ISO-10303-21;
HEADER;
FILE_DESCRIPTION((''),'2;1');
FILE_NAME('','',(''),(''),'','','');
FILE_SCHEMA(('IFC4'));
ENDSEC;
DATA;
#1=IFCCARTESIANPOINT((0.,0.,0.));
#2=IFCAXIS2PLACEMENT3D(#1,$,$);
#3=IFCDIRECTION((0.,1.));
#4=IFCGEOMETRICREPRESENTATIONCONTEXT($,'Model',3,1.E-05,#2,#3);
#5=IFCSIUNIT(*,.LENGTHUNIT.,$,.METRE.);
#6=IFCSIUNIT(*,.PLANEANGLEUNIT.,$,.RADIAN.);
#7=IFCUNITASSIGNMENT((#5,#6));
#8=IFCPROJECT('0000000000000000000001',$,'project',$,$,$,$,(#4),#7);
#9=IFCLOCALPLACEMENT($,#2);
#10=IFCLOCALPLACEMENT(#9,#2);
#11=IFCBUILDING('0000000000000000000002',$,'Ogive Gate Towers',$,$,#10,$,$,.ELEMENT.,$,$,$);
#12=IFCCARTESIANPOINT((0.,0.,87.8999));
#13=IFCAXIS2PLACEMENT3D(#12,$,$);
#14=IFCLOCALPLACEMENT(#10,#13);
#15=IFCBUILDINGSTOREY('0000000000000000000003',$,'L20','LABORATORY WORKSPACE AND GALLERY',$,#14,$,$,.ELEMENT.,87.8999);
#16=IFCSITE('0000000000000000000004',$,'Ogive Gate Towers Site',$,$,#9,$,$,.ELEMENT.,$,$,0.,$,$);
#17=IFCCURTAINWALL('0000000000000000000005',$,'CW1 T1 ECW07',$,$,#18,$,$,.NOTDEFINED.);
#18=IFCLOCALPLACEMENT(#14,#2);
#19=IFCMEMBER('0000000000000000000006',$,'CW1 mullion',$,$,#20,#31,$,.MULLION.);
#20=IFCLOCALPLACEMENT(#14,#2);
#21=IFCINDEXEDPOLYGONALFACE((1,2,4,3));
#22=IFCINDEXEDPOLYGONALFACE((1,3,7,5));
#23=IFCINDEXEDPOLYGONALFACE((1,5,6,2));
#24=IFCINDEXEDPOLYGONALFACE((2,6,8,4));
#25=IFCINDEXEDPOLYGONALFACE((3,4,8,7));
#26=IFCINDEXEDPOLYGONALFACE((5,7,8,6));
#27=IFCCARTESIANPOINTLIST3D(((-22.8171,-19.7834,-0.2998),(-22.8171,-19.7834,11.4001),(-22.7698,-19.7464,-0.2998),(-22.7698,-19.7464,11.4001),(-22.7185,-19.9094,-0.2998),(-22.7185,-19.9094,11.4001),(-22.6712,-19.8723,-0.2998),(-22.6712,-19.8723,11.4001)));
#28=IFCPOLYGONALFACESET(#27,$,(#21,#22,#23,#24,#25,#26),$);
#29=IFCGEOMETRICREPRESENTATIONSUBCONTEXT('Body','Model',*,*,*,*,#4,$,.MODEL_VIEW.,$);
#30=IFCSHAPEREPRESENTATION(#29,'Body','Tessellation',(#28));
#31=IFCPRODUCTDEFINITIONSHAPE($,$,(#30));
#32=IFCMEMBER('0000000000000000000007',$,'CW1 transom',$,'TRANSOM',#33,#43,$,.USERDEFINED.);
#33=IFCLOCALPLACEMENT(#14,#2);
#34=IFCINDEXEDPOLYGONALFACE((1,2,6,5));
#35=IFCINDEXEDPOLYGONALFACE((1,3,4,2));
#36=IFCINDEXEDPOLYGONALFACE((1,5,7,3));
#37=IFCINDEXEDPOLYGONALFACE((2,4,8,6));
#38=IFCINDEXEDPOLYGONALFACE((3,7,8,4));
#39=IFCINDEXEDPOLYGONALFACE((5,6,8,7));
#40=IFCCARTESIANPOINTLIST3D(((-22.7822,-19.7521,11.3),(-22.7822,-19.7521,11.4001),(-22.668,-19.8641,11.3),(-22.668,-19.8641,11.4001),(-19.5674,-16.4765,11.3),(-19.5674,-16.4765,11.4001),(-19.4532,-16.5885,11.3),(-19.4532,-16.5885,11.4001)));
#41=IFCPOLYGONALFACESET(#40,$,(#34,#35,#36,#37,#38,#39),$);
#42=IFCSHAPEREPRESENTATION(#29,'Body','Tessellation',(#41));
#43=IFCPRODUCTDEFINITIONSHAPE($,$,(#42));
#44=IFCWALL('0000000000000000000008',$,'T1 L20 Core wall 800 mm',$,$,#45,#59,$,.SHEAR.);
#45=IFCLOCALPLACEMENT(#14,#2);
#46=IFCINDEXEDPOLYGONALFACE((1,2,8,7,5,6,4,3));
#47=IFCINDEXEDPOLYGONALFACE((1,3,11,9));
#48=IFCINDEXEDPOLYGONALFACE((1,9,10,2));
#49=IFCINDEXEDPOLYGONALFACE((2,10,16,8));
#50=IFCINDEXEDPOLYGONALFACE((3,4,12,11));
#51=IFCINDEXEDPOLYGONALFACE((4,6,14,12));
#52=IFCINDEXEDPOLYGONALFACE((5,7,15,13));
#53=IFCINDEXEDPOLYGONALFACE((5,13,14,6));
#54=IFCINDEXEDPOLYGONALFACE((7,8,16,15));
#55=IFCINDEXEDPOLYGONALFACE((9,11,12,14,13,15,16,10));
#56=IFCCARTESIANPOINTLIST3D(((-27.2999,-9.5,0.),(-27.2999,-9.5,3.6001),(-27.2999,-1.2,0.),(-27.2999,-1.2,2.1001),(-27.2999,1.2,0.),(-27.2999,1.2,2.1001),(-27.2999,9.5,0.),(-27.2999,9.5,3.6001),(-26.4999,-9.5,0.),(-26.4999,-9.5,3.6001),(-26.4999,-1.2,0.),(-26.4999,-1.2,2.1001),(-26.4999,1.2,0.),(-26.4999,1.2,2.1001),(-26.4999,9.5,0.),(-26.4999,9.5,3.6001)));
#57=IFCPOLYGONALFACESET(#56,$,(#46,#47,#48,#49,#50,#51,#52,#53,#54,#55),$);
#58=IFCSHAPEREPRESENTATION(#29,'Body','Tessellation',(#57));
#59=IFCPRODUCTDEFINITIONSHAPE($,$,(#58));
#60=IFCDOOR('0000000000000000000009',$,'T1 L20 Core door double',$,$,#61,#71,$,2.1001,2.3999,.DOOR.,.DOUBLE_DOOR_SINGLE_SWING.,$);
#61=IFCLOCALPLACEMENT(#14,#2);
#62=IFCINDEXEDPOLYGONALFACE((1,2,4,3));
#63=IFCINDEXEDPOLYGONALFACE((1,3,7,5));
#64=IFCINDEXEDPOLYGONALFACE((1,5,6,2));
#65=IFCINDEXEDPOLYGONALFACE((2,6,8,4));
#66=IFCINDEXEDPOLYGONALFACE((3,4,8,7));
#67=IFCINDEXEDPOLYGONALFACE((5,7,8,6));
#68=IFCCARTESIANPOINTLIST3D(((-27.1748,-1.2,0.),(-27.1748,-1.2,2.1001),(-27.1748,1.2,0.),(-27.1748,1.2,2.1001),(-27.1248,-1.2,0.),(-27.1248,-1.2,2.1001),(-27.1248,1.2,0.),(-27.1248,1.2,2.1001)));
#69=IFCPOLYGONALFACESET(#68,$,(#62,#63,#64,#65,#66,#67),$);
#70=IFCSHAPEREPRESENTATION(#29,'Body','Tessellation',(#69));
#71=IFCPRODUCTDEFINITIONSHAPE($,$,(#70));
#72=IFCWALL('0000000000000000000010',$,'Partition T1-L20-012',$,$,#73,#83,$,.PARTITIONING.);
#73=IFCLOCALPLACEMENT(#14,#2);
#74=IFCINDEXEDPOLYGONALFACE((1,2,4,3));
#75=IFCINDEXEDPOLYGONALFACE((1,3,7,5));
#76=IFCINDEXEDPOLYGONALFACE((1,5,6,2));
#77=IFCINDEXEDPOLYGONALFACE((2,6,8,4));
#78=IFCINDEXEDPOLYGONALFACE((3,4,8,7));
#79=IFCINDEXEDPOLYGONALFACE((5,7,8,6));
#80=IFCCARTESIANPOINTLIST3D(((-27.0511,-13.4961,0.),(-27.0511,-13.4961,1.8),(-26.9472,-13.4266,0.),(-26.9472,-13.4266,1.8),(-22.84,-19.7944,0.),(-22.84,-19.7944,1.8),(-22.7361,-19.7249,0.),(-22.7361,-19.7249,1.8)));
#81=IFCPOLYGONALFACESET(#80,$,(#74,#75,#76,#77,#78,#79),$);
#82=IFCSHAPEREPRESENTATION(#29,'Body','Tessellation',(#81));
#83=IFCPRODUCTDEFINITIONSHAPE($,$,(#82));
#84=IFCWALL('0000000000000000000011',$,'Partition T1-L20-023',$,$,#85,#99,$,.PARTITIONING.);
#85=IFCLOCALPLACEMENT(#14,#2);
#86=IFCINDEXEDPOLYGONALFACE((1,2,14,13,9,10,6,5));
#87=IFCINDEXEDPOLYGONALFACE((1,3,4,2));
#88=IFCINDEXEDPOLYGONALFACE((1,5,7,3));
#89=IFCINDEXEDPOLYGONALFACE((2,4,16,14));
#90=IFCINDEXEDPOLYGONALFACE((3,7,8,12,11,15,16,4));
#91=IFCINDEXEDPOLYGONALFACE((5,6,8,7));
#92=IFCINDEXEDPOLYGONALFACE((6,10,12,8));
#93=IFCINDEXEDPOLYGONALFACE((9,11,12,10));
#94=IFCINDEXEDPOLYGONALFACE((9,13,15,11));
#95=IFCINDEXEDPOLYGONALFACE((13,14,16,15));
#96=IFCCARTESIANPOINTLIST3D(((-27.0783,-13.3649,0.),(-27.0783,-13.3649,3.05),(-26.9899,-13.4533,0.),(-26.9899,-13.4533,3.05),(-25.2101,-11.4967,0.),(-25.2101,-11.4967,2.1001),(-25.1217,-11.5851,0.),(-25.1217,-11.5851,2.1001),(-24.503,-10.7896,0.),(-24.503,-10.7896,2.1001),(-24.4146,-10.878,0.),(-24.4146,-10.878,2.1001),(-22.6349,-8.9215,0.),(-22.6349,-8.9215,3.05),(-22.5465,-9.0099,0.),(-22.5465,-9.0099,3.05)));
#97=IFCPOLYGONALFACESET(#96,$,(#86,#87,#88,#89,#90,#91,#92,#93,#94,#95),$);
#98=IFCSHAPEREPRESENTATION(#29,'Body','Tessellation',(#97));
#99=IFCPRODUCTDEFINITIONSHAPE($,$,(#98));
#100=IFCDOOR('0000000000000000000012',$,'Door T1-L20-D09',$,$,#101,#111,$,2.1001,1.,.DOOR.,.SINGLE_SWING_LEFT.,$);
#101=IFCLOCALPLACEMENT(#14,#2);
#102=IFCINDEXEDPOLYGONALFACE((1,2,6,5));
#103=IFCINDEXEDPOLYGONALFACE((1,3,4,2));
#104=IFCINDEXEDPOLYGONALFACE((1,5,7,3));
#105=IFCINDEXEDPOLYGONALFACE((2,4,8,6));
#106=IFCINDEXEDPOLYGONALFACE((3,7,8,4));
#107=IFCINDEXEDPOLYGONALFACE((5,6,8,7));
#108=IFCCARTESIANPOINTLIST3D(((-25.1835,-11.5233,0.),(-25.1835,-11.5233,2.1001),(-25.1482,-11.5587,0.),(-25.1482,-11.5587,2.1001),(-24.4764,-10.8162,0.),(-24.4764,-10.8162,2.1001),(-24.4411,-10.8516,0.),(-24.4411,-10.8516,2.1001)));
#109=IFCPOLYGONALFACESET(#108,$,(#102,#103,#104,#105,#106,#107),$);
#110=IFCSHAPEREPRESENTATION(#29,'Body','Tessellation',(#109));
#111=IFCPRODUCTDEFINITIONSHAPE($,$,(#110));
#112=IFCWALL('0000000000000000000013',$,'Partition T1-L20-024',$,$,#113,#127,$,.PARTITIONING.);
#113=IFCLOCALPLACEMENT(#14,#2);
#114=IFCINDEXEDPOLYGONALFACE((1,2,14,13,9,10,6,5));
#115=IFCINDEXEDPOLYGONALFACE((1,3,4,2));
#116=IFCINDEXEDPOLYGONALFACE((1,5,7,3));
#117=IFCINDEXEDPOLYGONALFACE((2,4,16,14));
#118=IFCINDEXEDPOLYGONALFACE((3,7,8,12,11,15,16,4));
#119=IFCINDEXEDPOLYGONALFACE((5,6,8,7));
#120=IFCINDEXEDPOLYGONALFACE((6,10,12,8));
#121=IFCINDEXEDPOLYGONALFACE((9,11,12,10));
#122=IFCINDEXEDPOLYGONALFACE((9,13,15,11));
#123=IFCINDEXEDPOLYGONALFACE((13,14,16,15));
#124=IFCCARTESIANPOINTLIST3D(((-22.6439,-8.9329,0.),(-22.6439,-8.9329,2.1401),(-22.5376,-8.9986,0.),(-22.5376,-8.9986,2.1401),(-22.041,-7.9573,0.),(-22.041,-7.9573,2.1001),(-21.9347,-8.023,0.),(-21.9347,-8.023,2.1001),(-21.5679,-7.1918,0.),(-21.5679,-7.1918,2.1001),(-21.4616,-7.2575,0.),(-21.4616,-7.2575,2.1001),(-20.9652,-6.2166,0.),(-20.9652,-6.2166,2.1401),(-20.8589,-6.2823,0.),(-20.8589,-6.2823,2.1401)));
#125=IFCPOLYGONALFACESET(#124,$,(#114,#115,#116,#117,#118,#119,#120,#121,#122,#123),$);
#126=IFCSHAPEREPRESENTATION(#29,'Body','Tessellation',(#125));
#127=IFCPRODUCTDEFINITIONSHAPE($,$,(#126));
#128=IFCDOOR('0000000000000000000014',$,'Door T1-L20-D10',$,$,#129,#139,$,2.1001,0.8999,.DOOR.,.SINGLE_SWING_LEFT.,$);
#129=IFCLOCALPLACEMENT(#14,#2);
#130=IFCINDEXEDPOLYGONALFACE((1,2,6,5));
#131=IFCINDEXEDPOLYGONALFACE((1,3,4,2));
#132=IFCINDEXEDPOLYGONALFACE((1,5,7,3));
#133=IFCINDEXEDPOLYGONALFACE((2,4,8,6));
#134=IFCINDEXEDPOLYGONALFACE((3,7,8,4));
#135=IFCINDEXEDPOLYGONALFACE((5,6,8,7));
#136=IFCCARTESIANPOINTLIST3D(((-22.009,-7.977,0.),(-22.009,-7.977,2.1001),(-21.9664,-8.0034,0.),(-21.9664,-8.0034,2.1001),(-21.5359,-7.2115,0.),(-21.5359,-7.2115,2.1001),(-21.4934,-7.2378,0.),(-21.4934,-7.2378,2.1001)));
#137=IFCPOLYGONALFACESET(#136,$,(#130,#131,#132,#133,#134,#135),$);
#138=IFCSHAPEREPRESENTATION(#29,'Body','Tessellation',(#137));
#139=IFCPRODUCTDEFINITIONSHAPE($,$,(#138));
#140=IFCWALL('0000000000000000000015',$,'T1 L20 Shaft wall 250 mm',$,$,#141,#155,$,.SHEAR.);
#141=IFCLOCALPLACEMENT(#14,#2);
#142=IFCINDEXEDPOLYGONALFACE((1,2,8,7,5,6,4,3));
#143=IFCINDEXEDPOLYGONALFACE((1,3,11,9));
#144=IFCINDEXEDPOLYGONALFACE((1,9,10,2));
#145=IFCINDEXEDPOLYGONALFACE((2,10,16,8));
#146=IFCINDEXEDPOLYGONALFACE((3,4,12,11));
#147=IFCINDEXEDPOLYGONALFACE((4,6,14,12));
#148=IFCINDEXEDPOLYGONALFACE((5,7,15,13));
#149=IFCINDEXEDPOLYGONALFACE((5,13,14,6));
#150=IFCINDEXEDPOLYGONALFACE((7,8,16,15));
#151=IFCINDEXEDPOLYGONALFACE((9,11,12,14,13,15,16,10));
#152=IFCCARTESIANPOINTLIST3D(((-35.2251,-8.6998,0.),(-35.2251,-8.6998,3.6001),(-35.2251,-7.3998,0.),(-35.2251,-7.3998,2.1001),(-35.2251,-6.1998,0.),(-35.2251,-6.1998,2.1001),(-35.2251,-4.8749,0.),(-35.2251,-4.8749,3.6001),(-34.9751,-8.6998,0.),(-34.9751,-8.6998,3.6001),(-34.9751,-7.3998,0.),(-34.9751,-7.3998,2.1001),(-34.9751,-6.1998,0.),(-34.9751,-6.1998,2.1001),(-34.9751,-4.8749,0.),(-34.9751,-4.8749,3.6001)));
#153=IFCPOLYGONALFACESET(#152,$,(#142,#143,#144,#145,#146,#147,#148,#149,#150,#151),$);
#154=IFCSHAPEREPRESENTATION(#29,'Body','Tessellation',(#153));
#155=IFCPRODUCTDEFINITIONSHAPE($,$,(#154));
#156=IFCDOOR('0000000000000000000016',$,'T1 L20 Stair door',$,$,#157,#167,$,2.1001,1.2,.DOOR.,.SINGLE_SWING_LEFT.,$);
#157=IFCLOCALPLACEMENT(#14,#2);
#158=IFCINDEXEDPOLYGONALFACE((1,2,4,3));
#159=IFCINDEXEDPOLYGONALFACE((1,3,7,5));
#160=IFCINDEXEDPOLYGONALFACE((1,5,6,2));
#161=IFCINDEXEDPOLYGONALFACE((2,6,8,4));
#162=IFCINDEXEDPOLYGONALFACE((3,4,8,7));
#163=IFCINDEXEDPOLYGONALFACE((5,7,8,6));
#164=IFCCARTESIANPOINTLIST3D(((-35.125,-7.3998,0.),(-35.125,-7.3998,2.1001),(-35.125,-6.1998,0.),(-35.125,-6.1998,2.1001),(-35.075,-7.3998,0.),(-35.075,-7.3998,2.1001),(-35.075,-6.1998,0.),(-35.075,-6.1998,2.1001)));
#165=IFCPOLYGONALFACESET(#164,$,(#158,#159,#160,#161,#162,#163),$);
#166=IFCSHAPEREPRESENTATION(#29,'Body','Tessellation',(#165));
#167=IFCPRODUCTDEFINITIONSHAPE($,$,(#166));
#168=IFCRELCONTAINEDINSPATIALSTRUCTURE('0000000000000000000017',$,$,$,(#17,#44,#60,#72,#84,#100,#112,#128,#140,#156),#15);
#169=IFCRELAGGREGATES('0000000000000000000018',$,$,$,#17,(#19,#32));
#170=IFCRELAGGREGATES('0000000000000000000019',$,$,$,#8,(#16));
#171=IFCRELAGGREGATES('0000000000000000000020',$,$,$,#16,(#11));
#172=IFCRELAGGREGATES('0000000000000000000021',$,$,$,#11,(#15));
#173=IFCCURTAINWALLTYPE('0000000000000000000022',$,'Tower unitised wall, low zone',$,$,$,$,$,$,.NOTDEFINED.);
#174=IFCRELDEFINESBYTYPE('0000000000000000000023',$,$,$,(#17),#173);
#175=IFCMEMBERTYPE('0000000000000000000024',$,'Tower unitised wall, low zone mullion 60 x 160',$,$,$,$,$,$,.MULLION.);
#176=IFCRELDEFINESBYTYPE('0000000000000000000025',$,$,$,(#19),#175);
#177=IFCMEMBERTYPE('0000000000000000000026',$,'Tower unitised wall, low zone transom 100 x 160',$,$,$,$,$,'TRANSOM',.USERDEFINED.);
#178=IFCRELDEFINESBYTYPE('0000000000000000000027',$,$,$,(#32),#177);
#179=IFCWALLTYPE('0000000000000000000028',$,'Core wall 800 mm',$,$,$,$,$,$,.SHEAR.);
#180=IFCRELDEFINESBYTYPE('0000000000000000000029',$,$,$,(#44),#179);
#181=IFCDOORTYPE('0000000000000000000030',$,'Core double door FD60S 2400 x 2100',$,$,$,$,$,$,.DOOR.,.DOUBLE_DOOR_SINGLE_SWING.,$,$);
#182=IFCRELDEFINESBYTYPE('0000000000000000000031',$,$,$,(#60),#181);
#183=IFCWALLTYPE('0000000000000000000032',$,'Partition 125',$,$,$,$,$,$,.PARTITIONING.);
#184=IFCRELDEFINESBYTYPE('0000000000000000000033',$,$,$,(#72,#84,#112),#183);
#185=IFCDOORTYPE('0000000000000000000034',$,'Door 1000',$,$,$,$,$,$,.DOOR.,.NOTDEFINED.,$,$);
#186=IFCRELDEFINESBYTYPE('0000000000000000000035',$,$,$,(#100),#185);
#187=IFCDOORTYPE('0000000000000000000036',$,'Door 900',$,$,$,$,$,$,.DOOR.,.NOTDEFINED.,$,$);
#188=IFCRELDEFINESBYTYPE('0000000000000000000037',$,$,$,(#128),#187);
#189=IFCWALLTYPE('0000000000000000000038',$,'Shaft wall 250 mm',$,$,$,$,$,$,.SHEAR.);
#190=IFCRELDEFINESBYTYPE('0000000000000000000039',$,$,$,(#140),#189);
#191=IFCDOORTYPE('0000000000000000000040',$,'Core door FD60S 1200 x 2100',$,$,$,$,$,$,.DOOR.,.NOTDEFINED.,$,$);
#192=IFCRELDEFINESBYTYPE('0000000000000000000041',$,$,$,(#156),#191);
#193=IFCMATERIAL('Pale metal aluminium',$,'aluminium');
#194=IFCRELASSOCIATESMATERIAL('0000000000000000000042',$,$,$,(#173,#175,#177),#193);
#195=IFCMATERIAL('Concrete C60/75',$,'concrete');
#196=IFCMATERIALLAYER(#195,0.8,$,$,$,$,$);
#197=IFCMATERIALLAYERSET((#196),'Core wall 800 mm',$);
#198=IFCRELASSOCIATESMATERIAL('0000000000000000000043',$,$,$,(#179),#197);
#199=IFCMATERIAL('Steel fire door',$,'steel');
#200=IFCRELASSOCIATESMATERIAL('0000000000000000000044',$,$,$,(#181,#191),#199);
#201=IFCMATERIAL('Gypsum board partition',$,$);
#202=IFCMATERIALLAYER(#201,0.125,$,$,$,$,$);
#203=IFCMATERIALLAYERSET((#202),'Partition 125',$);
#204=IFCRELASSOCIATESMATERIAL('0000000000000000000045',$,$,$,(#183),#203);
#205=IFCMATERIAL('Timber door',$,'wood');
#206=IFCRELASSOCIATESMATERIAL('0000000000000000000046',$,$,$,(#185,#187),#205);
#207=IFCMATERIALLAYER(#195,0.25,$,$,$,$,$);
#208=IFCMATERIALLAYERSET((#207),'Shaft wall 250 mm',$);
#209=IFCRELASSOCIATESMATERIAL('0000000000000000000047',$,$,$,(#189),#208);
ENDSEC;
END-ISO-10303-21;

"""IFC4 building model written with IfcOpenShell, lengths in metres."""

from ifc_helpers import new_model, si_unit, direction, frame, frame_2d, origin, origin_2d, place, context, subcontext, project, spatial, rectangle, extrude, material, layer, layer_set, material_profile, profile_set, type_object, element, fill, aggregate, save


model = new_model("IFC4")

# Units and contexts
model_context = context("Model", 3, precision=1e-05, world=origin(), true_north=direction((0.0, 1.0)))
body_context = subcontext(model_context, "Body", "Model", "MODEL_VIEW")
ifc_project = project(units=[si_unit("LENGTHUNIT", "METRE"), si_unit("PLANEANGLEUNIT", "RADIAN")], contexts=[model_context])

# Site, building, storey
site_placement = place(None, origin())
site = spatial("IfcSite", under=ifc_project, at=site_placement, Name="Ogive Gate Towers Site", CompositionType="ELEMENT", RefElevation=0.0)
building_placement = place(site_placement, origin())
building = spatial("IfcBuilding", under=site, at=building_placement, Name="Ogive Gate Towers", CompositionType="ELEMENT")
storey_placement = place(building_placement, frame((0.0, 0.0, 87.8999)))
storey = spatial("IfcBuildingStorey", under=building, at=storey_placement, Name="L20", Description="LABORATORY WORKSPACE AND GALLERY", CompositionType="ELEMENT", Elevation=87.8999)

# Curtain wall, members
ifc_material_1 = material(Name="Pale metal aluminium", Category="aluminium")
curtain_wall_type = type_object("IfcCurtainWallType", Name="Tower unitised wall, low zone", PredefinedType="NOTDEFINED", material=ifc_material_1)
curtain_wall_placement = place(storey_placement, origin())
curtain_wall = element("IfcCurtainWall", 1, at=curtain_wall_placement, inside=storey, type_object=curtain_wall_type, Name="CW1 T1 ECW07", PredefinedType="NOTDEFINED")
ifc_material_profile_1 = material_profile(ifc_material_1, rectangle(XDim=0.1599, YDim=0.0601, at=origin_2d()), Name="60 x 160 aluminium box")
ifc_profile_set_1 = profile_set([ifc_material_profile_1], Name="Pale metal aluminium")
member_type_1 = type_object("IfcMemberType", Name="Tower unitised wall, low zone mullion 60 x 160", PredefinedType="MULLION", material=ifc_profile_set_1)
member_1_placement = place(storey_placement, frame((-22.7441, -19.8279, -0.2998), z_axis=(0.0, 0.0, 1.0), x_axis=(0.616321, -0.787495, 0.0)))
member_1 = element("IfcMember", 2, at=member_1_placement, type_object=member_type_1, Name="CW1 mullion", PredefinedType="MULLION", context=body_context, shape_type="SweptSolid", body=[
    extrude(rectangle(XDim=0.1599, YDim=0.0601, at=origin_2d()), origin(), (0.0, 0.0, 1.0), 11.7),
])
ifc_material_profile_2 = material_profile(ifc_material_1, rectangle(XDim=0.1599, YDim=0.1001, at=origin_2d()), Name="100 x 160 aluminium box")
ifc_profile_set_2 = profile_set([ifc_material_profile_2], Name="Pale metal aluminium")
member_type_2 = type_object("IfcMemberType", Name="Tower unitised wall, low zone transom 100 x 160", ElementType="TRANSOM", PredefinedType="USERDEFINED", material=ifc_profile_set_2)
member_2_placement = place(storey_placement, frame((-22.7251, -19.8081, 11.3501), z_axis=(0.700453, 0.713698, 0.0), x_axis=(-0.713698, 0.700453, 0.0)))
member_2 = element("IfcMember", 3, at=member_2_placement, type_object=member_type_2, Name="CW1 transom", ObjectType="TRANSOM", PredefinedType="USERDEFINED", context=body_context, shape_type="SweptSolid", body=[
    extrude(rectangle(XDim=0.1599, YDim=0.1001, at=origin_2d()), origin(), (0.0, 0.0, 1.0), 4.5896),
])
aggregate(curtain_wall, [member_1, member_2])

# Wall, opening, door
ifc_material_2 = material(Name="Concrete C60/75", Category="concrete")
ifc_layer_1 = layer(ifc_material_2, 0.8)
ifc_layer_set_1 = layer_set([ifc_layer_1], Name="Core wall 800 mm")
wall_type_1 = type_object("IfcWallType", Name="Core wall 800 mm", PredefinedType="SHEAR", material=ifc_layer_set_1)
wall_1_placement = place(storey_placement, frame((-26.8999, -9.5, 0.0), z_axis=(0.0, 0.0, 1.0), x_axis=(0.0, 1.0, 0.0)))
wall_1 = element("IfcWall", 4, at=wall_1_placement, inside=storey, type_object=wall_type_1, Name="T1 L20 Core wall 800 mm", PredefinedType="SHEAR", context=body_context, shape_type="SweptSolid", body=[
    extrude(rectangle(XDim=19.0, YDim=0.8, at=frame_2d((9.5, 0.0))), origin(), (0.0, 0.0, 1.0), 3.6001),
])
opening_1_placement = place(wall_1_placement, frame((8.3, 0.0, 0.0)))
opening_1 = element("IfcOpeningElement", 5, at=opening_1_placement, cuts=wall_1, PredefinedType="OPENING", context=body_context, shape_type="SweptSolid", body=[
    extrude(rectangle(XDim=2.3999, YDim=2.1001, at=frame_2d((1.2, 1.05))), frame((0.0, 0.4102, 0.0), z_axis=(0.0, -1.0, 0.0), x_axis=(1.0, 0.0, 0.0)), (0.0, 0.0, 1.0), 0.8201),
])
ifc_material_3 = material(Name="Steel fire door", Category="steel")
door_type_1 = type_object("IfcDoorType", Name="Core double door FD60S 2400 x 2100", OperationType="DOUBLE_DOOR_SINGLE_SWING", PredefinedType="DOOR", material=ifc_material_3)
door_1_placement = place(opening_1_placement, origin())
door_1 = element("IfcDoor", 6, at=door_1_placement, inside=storey, type_object=door_type_1, Name="T1 L20 Core door double", OperationType="DOUBLE_DOOR_SINGLE_SWING", OverallHeight=2.1001, OverallWidth=2.3999, PredefinedType="DOOR", context=body_context, shape_type="SweptSolid", body=[
    extrude(rectangle(XDim=2.3999, YDim=2.1001, at=frame_2d((1.2, 1.05))), frame((0.0, 0.2749, 0.0), z_axis=(0.0, -1.0, 0.0), x_axis=(1.0, 0.0, 0.0)), (0.0, 0.0, 1.0), 0.05),
])
fill(opening_1, door_1)

# Wall
ifc_material_4 = material(Name="Gypsum board partition")
ifc_layer_2 = layer(ifc_material_4, 0.125)
ifc_layer_set_2 = layer_set([ifc_layer_2], Name="Partition 125")
wall_type_2 = type_object("IfcWallType", Name="Partition 125", PredefinedType="PARTITIONING", material=ifc_layer_set_2)
wall_2_placement = place(storey_placement, frame((-22.7881, -19.7595, 0.0), z_axis=(0.0, 0.0, 1.0), x_axis=(-0.555823, 0.831301, 0.0)))
element("IfcWall", 7, at=wall_2_placement, inside=storey, type_object=wall_type_2, Name="Partition T1-L20-012", PredefinedType="PARTITIONING", context=body_context, shape_type="SweptSolid", body=[
    extrude(rectangle(XDim=7.5764, YDim=0.125, at=frame_2d((3.7881, 0.0))), origin(), (0.0, 0.0, 1.0), 1.8),
])

# Walls, openings, doors
wall_3_placement = place(storey_placement, frame((-27.0342, -13.4092, 0.0), z_axis=(0.0, 0.0, 1.0), x_axis=(0.707107, 0.707107, 0.0)))
wall_3 = element("IfcWall", 8, at=wall_3_placement, inside=storey, type_object=wall_type_2, Name="Partition T1-L20-023", PredefinedType="PARTITIONING", context=body_context, shape_type="SweptSolid", body=[
    extrude(rectangle(XDim=6.2839, YDim=0.125, at=frame_2d((3.1421, 0.0))), origin(), (0.0, 0.0, 1.0), 3.05),
])
opening_2_placement = place(wall_3_placement, frame((2.6421, 0.0, 0.0)))
opening_2 = element("IfcOpeningElement", 9, at=opening_2_placement, cuts=wall_3, PredefinedType="OPENING", context=body_context, shape_type="SweptSolid", body=[
    extrude(rectangle(XDim=1.0, YDim=2.1001, at=frame_2d((0.5, 1.05))), frame((0.0, 0.0725, 0.0), z_axis=(0.0, -1.0, 0.0), x_axis=(1.0, 0.0, 0.0)), (0.0, 0.0, 1.0), 0.145),
])
ifc_material_5 = material(Name="Timber door", Category="wood")
door_type_2 = type_object("IfcDoorType", Name="Door 1000", OperationType="NOTDEFINED", PredefinedType="DOOR", material=ifc_material_5)
door_2_placement = place(opening_2_placement, origin())
door_2 = element("IfcDoor", 10, at=door_2_placement, inside=storey, type_object=door_type_2, Name="Door T1-L20-D09", OperationType="SINGLE_SWING_LEFT", OverallHeight=2.1001, OverallWidth=1.0, PredefinedType="DOOR", context=body_context, shape_type="SweptSolid", body=[
    extrude(rectangle(XDim=1.0, YDim=2.1001, at=frame_2d((0.5, 1.05))), frame((0.0, 0.0249, 0.0), z_axis=(0.0, -1.0, 0.0), x_axis=(1.0, 0.0, 0.0)), (0.0, 0.0, 1.0), 0.05),
])
fill(opening_2, door_2)
wall_4_placement = place(storey_placement, frame((-22.5908, -8.9658, 0.0), z_axis=(0.0, 0.0, 1.0), x_axis=(0.525717, 0.850659, 0.0)))
wall_4 = element("IfcWall", 11, at=wall_4_placement, inside=storey, type_object=wall_type_2, Name="Partition T1-L20-024", PredefinedType="PARTITIONING", context=body_context, shape_type="SweptSolid", body=[
    extrude(rectangle(XDim=3.1931, YDim=0.125, at=frame_2d((1.5967, 0.0))), origin(), (0.0, 0.0, 1.0), 2.1401),
])
opening_3_placement = place(wall_4_placement, frame((1.147, 0.0, 0.0)))
opening_3 = element("IfcOpeningElement", 12, at=opening_3_placement, cuts=wall_4, PredefinedType="OPENING", context=body_context, shape_type="SweptSolid", body=[
    extrude(rectangle(XDim=0.8999, YDim=2.1001, at=frame_2d((0.45, 1.05))), frame((0.0, 0.0725, 0.0), z_axis=(0.0, -1.0, 0.0), x_axis=(1.0, 0.0, 0.0)), (0.0, 0.0, 1.0), 0.145),
])
door_type_3 = type_object("IfcDoorType", Name="Door 900", OperationType="NOTDEFINED", PredefinedType="DOOR", material=ifc_material_5)
door_3_placement = place(opening_3_placement, origin())
door_3 = element("IfcDoor", 13, at=door_3_placement, inside=storey, type_object=door_type_3, Name="Door T1-L20-D10", OperationType="SINGLE_SWING_LEFT", OverallHeight=2.1001, OverallWidth=0.8999, PredefinedType="DOOR", context=body_context, shape_type="SweptSolid", body=[
    extrude(rectangle(XDim=0.8999, YDim=2.1001, at=frame_2d((0.45, 1.05))), frame((0.0, 0.0249, 0.0), z_axis=(0.0, -1.0, 0.0), x_axis=(1.0, 0.0, 0.0)), (0.0, 0.0, 1.0), 0.05),
])
fill(opening_3, door_3)
ifc_layer_3 = layer(ifc_material_2, 0.25)
ifc_layer_set_3 = layer_set([ifc_layer_3], Name="Shaft wall 250 mm")
wall_type_3 = type_object("IfcWallType", Name="Shaft wall 250 mm", PredefinedType="SHEAR", material=ifc_layer_set_3)
wall_5_placement = place(storey_placement, frame((-35.1001, -8.7, 0.0), z_axis=(0.0, 0.0, 1.0), x_axis=(0.0, 1.0, 0.0)))
wall_5 = element("IfcWall", 14, at=wall_5_placement, inside=storey, type_object=wall_type_3, Name="T1 L20 Shaft wall 250 mm", PredefinedType="SHEAR", context=body_context, shape_type="SweptSolid", body=[
    extrude(rectangle(XDim=3.825, YDim=0.25, at=frame_2d((1.9126, 0.0))), origin(), (0.0, 0.0, 1.0), 3.6001),
])
opening_4_placement = place(wall_5_placement, frame((1.3, 0.0, 0.0)))
opening_4 = element("IfcOpeningElement", 15, at=opening_4_placement, cuts=wall_5, PredefinedType="OPENING", context=body_context, shape_type="SweptSolid", body=[
    extrude(rectangle(XDim=1.2, YDim=2.1001, at=frame_2d((0.6001, 1.05))), frame((0.0, 0.135, 0.0), z_axis=(0.0, -1.0, 0.0), x_axis=(1.0, 0.0, 0.0)), (0.0, 0.0, 1.0), 0.27),
])
door_type_4 = type_object("IfcDoorType", Name="Core door FD60S 1200 x 2100", OperationType="NOTDEFINED", PredefinedType="DOOR", material=ifc_material_3)
door_4_placement = place(opening_4_placement, origin())
door_4 = element("IfcDoor", 16, at=door_4_placement, inside=storey, type_object=door_type_4, Name="T1 L20 Stair door", OperationType="SINGLE_SWING_LEFT", OverallHeight=2.1001, OverallWidth=1.2, PredefinedType="DOOR", context=body_context, shape_type="SweptSolid", body=[
    extrude(rectangle(XDim=1.2, YDim=2.1001, at=frame_2d((0.6001, 1.05))), frame((0.0, 0.0249, 0.0), z_axis=(0.0, -1.0, 0.0), x_axis=(1.0, 0.0, 0.0)), (0.0, 0.0, 1.0), 0.05),
])
fill(opening_4, door_4)

save(model, "model.ifc")
